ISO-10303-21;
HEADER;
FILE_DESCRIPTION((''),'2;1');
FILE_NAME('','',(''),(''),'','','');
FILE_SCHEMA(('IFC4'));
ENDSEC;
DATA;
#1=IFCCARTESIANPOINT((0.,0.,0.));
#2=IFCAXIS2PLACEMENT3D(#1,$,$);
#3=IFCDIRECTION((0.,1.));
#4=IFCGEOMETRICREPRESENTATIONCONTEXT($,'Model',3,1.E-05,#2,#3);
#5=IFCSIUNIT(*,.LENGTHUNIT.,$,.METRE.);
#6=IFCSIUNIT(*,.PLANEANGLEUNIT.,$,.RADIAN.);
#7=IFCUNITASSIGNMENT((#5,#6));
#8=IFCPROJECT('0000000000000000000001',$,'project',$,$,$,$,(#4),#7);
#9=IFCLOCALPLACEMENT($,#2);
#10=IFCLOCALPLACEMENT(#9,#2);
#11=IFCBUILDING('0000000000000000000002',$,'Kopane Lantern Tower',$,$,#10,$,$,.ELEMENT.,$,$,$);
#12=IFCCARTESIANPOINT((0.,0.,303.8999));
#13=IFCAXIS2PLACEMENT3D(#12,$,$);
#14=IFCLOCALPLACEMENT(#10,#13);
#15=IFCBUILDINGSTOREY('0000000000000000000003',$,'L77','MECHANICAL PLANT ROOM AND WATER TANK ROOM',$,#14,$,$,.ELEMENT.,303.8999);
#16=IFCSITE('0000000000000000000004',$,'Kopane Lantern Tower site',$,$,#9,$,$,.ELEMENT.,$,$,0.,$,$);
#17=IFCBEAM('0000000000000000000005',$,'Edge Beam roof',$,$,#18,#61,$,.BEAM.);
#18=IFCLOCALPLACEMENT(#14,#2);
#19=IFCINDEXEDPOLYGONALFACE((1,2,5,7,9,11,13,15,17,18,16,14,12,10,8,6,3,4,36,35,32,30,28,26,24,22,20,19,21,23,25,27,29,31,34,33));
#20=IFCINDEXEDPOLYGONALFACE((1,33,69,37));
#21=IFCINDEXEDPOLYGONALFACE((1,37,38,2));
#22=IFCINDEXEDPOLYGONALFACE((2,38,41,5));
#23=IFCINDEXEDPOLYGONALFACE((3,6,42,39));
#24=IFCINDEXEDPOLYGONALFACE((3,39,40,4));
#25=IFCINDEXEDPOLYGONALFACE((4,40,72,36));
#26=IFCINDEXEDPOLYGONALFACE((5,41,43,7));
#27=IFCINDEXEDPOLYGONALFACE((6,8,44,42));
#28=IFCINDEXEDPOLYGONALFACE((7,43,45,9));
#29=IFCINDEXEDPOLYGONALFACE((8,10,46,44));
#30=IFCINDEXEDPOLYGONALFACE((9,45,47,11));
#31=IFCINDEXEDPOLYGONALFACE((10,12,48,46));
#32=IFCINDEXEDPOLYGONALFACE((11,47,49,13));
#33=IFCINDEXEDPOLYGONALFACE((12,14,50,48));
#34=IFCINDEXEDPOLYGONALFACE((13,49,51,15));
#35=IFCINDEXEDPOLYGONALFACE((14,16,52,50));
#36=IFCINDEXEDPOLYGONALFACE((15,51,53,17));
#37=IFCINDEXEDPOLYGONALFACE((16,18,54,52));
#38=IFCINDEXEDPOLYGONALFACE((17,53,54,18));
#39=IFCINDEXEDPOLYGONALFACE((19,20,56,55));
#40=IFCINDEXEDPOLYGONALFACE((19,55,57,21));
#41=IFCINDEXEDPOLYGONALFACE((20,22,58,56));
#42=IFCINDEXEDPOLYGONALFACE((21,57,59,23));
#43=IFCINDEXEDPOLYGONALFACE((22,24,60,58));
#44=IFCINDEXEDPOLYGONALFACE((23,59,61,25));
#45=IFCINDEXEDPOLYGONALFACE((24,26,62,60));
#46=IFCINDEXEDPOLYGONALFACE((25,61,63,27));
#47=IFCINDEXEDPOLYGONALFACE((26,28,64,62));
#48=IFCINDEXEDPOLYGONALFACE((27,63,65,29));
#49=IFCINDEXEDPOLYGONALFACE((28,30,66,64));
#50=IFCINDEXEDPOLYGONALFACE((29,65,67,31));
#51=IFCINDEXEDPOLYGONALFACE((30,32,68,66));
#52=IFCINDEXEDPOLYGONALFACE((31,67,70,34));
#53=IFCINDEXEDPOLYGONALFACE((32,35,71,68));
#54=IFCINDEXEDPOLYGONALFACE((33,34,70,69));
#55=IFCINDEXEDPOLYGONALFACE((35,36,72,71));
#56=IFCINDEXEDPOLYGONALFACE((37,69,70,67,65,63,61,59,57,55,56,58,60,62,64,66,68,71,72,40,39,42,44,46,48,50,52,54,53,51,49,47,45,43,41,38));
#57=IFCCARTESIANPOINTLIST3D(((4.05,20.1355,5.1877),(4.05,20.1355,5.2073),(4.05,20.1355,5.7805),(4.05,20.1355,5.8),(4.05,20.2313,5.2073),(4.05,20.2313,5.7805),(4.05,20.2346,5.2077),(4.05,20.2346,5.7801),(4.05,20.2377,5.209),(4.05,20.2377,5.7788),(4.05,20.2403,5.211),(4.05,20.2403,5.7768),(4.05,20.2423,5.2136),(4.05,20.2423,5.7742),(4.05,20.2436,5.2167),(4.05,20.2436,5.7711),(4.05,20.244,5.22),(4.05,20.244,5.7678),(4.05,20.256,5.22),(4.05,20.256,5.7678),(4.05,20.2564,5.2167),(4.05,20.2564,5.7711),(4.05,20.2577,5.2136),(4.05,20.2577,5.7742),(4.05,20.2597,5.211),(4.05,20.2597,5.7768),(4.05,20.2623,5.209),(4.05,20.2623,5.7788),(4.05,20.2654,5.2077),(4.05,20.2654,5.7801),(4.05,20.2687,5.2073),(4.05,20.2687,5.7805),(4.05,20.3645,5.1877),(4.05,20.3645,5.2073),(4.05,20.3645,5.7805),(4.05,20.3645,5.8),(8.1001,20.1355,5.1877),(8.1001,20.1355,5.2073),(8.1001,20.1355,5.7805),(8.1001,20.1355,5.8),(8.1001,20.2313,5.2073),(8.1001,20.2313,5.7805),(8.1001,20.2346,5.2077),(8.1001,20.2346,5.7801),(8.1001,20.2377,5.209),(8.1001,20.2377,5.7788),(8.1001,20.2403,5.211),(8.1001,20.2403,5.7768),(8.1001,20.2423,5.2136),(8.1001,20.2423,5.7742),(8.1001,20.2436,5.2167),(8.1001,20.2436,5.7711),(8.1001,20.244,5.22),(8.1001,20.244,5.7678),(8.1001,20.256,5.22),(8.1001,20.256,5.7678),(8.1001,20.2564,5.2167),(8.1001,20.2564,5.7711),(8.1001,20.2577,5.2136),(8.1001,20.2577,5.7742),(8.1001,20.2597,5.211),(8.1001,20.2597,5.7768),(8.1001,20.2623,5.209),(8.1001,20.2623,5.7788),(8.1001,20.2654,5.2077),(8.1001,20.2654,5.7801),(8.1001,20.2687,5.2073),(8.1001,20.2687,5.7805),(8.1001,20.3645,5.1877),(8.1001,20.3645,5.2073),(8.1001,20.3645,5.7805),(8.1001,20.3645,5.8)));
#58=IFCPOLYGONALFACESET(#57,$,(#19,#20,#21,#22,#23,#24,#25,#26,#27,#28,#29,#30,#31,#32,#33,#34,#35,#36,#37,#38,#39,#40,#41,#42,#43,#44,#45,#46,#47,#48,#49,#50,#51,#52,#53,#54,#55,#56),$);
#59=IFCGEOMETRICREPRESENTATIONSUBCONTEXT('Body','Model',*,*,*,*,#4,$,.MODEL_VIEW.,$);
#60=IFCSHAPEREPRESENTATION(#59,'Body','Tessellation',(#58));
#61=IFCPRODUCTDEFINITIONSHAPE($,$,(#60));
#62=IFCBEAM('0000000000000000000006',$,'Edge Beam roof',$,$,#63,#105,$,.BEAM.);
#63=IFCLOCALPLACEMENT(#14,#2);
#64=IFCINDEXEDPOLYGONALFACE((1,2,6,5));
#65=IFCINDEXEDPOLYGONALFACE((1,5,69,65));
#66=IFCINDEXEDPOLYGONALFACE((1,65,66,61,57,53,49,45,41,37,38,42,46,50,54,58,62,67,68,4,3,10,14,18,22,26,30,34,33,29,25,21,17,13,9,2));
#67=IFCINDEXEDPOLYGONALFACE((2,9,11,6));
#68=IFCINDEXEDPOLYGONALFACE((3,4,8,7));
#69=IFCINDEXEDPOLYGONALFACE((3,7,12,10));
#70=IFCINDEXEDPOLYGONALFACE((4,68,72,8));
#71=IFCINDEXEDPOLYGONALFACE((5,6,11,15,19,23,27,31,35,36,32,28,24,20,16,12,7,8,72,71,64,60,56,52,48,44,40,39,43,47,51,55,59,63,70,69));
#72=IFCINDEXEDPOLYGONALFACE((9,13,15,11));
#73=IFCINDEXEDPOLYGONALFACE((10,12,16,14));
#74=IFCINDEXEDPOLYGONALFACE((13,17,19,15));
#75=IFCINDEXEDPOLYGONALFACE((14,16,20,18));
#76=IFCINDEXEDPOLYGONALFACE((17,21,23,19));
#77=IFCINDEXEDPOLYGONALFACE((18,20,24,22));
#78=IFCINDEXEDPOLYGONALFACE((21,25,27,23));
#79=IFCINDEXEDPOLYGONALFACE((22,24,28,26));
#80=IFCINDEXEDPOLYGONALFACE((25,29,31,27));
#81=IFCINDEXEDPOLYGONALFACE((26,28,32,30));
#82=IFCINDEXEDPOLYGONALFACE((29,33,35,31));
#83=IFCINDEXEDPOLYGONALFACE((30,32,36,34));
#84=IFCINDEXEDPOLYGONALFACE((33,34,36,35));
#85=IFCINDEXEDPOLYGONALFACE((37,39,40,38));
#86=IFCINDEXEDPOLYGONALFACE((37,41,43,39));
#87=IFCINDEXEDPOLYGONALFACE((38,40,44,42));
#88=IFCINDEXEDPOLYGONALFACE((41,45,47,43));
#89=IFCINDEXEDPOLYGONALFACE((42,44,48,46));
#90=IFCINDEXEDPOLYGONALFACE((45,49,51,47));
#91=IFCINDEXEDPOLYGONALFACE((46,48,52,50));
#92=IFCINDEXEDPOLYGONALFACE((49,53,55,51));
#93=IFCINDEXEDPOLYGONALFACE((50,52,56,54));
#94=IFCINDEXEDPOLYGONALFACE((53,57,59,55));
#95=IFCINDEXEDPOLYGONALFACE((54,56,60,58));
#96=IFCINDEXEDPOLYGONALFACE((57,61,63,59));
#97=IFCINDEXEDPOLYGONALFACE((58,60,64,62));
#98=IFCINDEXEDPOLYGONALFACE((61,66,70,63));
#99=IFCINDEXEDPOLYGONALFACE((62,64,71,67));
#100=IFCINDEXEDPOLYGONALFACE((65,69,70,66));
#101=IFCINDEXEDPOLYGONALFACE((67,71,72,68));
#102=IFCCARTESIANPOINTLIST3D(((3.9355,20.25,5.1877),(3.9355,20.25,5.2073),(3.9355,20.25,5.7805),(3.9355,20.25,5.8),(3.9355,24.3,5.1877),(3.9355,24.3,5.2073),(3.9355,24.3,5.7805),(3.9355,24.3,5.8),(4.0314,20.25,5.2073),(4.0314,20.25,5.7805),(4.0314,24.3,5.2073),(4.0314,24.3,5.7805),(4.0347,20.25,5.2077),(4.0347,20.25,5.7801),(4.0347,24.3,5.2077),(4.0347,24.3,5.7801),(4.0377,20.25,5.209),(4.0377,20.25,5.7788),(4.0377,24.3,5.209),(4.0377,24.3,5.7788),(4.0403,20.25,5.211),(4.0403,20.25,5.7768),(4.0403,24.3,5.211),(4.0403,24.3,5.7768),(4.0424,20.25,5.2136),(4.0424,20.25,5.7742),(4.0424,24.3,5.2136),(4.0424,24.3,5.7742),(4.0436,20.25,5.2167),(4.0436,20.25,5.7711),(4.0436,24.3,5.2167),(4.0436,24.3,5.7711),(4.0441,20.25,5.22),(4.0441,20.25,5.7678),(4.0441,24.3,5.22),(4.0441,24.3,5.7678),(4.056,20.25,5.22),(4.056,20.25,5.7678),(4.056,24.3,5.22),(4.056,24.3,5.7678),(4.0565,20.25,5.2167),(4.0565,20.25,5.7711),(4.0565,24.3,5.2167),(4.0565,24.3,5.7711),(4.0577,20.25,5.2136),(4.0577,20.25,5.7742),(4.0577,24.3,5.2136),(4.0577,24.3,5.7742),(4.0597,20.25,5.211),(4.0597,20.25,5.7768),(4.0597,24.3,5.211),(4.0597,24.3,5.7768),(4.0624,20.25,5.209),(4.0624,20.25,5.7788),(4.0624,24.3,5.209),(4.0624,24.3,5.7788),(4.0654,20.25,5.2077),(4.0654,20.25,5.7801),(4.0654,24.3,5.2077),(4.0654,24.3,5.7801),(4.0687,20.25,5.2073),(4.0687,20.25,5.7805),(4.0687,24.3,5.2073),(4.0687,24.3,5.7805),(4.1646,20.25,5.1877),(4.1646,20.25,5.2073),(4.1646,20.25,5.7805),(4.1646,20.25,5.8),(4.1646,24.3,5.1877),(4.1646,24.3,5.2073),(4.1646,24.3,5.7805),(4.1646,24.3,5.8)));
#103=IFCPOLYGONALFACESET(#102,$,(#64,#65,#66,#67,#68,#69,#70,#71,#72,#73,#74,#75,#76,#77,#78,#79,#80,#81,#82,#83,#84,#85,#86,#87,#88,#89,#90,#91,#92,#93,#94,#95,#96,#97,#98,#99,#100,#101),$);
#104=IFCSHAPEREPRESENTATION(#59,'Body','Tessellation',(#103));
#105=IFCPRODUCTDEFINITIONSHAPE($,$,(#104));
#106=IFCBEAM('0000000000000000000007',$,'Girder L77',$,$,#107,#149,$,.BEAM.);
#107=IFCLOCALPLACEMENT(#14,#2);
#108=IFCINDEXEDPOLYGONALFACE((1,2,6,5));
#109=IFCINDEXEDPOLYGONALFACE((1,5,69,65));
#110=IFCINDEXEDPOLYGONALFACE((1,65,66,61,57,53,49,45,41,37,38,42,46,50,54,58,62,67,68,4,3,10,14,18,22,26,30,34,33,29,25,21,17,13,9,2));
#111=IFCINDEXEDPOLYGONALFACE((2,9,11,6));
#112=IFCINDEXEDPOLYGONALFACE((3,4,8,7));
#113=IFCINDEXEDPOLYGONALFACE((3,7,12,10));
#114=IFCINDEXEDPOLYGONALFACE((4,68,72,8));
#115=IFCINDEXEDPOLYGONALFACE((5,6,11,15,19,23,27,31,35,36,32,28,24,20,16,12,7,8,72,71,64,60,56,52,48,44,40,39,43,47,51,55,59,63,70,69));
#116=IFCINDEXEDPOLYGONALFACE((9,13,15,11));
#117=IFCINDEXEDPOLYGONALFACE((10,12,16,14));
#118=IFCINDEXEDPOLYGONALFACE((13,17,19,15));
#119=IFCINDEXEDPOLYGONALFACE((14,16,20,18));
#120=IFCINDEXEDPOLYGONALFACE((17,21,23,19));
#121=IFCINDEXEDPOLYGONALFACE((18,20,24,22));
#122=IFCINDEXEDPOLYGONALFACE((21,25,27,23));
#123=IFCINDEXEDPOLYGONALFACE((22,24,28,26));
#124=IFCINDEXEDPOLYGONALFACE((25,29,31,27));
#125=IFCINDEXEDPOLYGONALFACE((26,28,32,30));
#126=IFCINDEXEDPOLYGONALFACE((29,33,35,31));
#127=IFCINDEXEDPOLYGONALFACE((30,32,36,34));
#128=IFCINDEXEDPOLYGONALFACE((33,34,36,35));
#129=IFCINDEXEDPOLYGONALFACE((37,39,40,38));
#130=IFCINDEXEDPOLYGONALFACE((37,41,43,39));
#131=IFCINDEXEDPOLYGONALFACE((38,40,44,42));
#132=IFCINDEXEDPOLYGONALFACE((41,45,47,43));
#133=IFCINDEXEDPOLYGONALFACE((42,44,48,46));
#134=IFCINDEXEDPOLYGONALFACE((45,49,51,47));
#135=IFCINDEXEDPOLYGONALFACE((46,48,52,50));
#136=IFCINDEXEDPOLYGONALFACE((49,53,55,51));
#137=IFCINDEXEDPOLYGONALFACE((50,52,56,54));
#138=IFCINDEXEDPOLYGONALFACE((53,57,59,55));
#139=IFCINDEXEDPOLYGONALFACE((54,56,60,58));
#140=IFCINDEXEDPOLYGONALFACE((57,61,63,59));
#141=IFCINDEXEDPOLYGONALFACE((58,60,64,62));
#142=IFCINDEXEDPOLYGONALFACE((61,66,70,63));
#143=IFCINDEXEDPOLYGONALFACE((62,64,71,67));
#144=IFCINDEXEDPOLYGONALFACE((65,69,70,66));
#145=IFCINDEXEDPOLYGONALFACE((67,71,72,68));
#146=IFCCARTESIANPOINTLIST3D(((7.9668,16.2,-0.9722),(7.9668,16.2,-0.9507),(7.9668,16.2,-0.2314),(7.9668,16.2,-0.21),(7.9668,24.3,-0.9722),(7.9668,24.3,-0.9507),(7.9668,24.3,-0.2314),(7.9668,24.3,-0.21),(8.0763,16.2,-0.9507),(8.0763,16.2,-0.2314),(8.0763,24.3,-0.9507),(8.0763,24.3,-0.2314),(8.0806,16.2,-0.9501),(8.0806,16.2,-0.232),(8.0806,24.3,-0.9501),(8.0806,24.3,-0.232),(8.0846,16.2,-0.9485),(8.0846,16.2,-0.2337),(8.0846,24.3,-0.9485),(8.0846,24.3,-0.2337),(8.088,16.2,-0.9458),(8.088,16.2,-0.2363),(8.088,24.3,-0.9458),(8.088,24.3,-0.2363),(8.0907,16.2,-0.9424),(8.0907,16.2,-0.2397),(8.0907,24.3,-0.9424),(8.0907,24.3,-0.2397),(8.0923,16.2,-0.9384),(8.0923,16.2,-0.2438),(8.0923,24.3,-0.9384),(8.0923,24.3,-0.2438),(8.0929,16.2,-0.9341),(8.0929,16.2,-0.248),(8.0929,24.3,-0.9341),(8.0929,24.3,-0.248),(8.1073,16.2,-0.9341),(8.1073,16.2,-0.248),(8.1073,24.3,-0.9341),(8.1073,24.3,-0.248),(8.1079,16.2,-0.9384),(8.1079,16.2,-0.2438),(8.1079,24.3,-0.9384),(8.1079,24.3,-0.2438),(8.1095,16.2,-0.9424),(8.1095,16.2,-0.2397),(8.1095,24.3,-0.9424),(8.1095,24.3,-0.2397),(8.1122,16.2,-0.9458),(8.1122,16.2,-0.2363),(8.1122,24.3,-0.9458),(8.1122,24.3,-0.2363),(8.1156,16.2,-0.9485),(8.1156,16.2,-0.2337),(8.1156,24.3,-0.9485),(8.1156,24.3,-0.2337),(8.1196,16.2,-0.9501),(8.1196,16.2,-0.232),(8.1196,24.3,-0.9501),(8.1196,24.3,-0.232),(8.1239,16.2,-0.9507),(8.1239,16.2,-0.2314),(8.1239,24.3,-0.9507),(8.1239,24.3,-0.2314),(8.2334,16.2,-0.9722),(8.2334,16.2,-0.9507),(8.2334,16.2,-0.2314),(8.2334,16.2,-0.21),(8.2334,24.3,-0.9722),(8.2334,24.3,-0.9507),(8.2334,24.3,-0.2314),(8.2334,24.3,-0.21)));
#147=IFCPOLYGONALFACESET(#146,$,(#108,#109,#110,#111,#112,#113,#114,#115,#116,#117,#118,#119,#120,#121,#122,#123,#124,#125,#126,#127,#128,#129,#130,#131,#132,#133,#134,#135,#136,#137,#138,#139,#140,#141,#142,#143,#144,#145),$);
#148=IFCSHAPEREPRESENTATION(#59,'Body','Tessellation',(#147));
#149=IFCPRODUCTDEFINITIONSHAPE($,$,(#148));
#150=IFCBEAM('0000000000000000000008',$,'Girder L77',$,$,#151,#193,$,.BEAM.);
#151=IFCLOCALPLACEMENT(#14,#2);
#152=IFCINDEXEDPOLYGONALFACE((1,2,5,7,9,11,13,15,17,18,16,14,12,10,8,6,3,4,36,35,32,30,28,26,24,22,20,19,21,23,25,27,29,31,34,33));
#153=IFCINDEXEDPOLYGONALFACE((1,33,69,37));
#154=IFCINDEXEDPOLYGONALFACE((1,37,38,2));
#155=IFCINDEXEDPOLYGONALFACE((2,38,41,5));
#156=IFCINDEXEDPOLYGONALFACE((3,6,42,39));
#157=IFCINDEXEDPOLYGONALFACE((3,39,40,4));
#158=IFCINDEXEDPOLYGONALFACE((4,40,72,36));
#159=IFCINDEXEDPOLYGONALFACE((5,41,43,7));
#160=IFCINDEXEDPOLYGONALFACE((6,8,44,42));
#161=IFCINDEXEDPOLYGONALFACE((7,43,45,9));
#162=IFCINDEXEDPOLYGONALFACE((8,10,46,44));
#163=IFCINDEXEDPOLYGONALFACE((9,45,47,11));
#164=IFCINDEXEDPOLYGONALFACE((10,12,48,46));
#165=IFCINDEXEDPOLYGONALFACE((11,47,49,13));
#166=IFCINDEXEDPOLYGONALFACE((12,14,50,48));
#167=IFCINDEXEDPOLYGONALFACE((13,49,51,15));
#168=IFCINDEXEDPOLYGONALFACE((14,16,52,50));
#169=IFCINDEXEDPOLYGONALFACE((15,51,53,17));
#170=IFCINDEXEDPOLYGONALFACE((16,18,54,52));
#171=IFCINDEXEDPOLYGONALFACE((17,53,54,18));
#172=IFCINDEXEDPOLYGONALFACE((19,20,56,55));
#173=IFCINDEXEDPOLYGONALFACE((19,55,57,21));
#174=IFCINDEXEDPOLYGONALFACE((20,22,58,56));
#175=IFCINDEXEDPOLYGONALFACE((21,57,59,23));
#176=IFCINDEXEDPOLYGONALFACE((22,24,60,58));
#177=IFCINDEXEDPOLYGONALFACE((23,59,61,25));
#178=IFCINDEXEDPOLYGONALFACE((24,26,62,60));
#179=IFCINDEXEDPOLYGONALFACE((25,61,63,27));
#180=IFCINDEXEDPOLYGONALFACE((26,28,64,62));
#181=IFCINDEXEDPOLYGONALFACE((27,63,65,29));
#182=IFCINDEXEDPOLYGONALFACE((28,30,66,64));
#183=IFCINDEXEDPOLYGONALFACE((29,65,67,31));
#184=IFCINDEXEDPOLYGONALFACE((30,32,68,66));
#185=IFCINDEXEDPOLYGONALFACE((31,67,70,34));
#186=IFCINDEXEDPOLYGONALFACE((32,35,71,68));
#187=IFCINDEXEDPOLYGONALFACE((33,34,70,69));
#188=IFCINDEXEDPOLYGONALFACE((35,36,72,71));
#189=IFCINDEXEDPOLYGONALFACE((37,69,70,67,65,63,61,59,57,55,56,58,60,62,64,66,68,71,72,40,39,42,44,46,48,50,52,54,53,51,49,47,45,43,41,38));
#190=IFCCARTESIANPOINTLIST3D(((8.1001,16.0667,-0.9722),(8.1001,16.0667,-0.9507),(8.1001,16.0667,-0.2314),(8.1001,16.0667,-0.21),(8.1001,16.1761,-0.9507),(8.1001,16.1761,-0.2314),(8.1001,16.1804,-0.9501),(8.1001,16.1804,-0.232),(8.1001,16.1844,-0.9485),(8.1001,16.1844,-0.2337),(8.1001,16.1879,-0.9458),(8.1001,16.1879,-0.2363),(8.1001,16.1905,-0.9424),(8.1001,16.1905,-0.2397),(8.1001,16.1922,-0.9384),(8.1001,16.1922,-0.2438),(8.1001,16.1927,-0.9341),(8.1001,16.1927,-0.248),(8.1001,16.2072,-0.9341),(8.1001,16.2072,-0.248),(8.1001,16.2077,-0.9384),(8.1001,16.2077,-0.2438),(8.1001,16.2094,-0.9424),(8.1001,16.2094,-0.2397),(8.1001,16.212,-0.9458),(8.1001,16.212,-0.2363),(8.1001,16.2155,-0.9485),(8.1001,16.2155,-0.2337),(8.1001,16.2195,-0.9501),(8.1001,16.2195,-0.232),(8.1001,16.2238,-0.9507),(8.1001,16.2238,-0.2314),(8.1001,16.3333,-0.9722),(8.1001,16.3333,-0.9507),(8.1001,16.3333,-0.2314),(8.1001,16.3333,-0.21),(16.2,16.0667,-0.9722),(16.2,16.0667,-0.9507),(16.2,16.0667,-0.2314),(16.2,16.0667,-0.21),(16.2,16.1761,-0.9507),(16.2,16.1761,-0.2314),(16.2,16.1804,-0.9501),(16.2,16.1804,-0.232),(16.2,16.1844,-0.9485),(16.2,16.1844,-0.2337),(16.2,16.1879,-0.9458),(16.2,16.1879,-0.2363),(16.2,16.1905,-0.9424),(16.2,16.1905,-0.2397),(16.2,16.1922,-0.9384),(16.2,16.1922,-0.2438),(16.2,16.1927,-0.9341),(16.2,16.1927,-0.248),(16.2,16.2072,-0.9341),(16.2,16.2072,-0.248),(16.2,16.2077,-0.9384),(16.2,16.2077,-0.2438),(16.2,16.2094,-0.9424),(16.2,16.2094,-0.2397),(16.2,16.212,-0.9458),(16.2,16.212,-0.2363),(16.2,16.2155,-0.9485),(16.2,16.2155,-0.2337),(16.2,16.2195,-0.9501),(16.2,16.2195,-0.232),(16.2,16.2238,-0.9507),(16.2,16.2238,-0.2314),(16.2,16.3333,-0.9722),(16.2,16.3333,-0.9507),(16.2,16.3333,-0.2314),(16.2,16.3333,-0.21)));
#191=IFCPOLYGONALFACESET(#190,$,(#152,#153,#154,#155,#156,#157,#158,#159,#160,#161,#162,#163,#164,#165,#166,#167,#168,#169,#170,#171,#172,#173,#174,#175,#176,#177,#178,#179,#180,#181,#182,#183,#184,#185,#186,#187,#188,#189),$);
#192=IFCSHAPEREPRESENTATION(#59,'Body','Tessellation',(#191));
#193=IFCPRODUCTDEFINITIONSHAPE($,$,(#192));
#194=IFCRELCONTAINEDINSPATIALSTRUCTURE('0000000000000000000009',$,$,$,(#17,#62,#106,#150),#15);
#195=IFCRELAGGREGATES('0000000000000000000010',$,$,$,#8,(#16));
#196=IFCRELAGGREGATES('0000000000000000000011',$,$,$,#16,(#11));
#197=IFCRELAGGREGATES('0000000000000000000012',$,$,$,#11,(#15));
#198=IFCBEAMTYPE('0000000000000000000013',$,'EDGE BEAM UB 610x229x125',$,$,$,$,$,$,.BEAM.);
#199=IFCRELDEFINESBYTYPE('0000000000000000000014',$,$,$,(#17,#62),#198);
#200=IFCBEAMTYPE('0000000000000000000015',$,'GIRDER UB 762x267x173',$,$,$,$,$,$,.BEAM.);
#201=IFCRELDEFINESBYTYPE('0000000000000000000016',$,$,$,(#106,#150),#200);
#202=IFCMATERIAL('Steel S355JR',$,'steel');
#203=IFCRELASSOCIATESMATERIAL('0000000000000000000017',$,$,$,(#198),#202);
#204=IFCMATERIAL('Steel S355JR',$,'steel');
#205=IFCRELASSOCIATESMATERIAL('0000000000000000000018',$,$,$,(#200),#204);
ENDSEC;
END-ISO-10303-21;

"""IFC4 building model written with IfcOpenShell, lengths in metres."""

from ifc_helpers import new_model, si_unit, direction, frame, origin, origin_2d, place, context, subcontext, project, spatial, i_section, extrude, material, material_profile, profile_set, type_object, element, save


model = new_model("IFC4")

# Units and contexts
model_context = context("Model", 3, precision=1e-05, world=origin(), true_north=direction((0.0, 1.0)))
body_context = subcontext(model_context, "Body", "Model", "MODEL_VIEW")
ifc_project = project(units=[si_unit("LENGTHUNIT", "METRE"), si_unit("PLANEANGLEUNIT", "RADIAN")], contexts=[model_context])

# Site, building, storey
site_placement = place(None, origin())
site = spatial("IfcSite", under=ifc_project, at=site_placement, Name="Kopane Lantern Tower site", CompositionType="ELEMENT", RefElevation=0.0)
building_placement = place(site_placement, origin())
building = spatial("IfcBuilding", under=site, at=building_placement, Name="Kopane Lantern Tower", CompositionType="ELEMENT")
storey_placement = place(building_placement, frame((0.0, 0.0, 303.8999)))
storey = spatial("IfcBuildingStorey", under=building, at=storey_placement, Name="L77", Description="MECHANICAL PLANT ROOM AND WATER TANK ROOM", CompositionType="ELEMENT", Elevation=303.8999)

# Beams
ifc_material_1 = material(Name="Steel S355JR", Category="steel")
ifc_material_profile_1 = material_profile(ifc_material_1, i_section(OverallWidth=0.229, OverallDepth=0.6123, WebThickness=0.012, FlangeThickness=0.0195, FilletRadius=0.0127, at=origin_2d()), Name="UB 610x229x125")
ifc_profile_set_1 = profile_set([ifc_material_profile_1], Name="Steel S355JR")
beam_type_1 = type_object("IfcBeamType", Name="EDGE BEAM UB 610x229x125", PredefinedType="BEAM", material=ifc_profile_set_1)
for number, where, z_axis, x_axis, name in (
    (1, (4.05, 20.25, 5.4939), (1.0, 0.0, 0.0), (0.0, 1.0, 0.0), "Edge Beam roof"),
    (2, (4.05, 20.25, 5.4939), (0.0, 1.0, 0.0), (-1.0, 0.0, 0.0), "Edge Beam roof"),
):
    element("IfcBeam", number, at=place(storey_placement, frame(where, z_axis=z_axis, x_axis=x_axis)), inside=storey, type_object=beam_type_1, Name=name, PredefinedType="BEAM", context=body_context, shape_type="SweptSolid", body=[
        extrude(i_section(OverallWidth=0.229, OverallDepth=0.6123, WebThickness=0.012, FlangeThickness=0.0195, FilletRadius=0.0127, at=origin_2d()), origin(), (0.0, 0.0, 1.0), 4.05),
    ])
ifc_material_2 = material(Name="Steel S355JR", Category="steel")
ifc_material_profile_2 = material_profile(ifc_material_2, i_section(OverallWidth=0.2666, OverallDepth=0.7622, WebThickness=0.0144, FlangeThickness=0.0215, FilletRadius=0.0166, at=origin_2d()), Name="UB 762x267x173")
ifc_profile_set_2 = profile_set([ifc_material_profile_2], Name="Steel S355JR")
beam_type_2 = type_object("IfcBeamType", Name="GIRDER UB 762x267x173", PredefinedType="BEAM", material=ifc_profile_set_2)
beam_1_placement = place(storey_placement, frame((8.1001, 16.2, -0.5911), z_axis=(0.0, 1.0, 0.0), x_axis=(-1.0, 0.0, 0.0)))
element("IfcBeam", 3, at=beam_1_placement, inside=storey, type_object=beam_type_2, Name="Girder L77", PredefinedType="BEAM", context=body_context, shape_type="SweptSolid", body=[
    extrude(i_section(OverallWidth=0.2666, OverallDepth=0.7622, WebThickness=0.0144, FlangeThickness=0.0215, FilletRadius=0.0166, at=origin_2d()), origin(), (0.0, 0.0, 1.0), 8.1001),
])
beam_2_placement = place(storey_placement, frame((8.1001, 16.2, -0.5911), z_axis=(1.0, 0.0, 0.0), x_axis=(0.0, 1.0, 0.0)))
element("IfcBeam", 4, at=beam_2_placement, inside=storey, type_object=beam_type_2, Name="Girder L77", PredefinedType="BEAM", context=body_context, shape_type="SweptSolid", body=[
    extrude(i_section(OverallWidth=0.2666, OverallDepth=0.7622, WebThickness=0.0144, FlangeThickness=0.0215, FilletRadius=0.0166, at=origin_2d()), origin(), (0.0, 0.0, 1.0), 8.0999),
])

save(model, "model.ifc")
